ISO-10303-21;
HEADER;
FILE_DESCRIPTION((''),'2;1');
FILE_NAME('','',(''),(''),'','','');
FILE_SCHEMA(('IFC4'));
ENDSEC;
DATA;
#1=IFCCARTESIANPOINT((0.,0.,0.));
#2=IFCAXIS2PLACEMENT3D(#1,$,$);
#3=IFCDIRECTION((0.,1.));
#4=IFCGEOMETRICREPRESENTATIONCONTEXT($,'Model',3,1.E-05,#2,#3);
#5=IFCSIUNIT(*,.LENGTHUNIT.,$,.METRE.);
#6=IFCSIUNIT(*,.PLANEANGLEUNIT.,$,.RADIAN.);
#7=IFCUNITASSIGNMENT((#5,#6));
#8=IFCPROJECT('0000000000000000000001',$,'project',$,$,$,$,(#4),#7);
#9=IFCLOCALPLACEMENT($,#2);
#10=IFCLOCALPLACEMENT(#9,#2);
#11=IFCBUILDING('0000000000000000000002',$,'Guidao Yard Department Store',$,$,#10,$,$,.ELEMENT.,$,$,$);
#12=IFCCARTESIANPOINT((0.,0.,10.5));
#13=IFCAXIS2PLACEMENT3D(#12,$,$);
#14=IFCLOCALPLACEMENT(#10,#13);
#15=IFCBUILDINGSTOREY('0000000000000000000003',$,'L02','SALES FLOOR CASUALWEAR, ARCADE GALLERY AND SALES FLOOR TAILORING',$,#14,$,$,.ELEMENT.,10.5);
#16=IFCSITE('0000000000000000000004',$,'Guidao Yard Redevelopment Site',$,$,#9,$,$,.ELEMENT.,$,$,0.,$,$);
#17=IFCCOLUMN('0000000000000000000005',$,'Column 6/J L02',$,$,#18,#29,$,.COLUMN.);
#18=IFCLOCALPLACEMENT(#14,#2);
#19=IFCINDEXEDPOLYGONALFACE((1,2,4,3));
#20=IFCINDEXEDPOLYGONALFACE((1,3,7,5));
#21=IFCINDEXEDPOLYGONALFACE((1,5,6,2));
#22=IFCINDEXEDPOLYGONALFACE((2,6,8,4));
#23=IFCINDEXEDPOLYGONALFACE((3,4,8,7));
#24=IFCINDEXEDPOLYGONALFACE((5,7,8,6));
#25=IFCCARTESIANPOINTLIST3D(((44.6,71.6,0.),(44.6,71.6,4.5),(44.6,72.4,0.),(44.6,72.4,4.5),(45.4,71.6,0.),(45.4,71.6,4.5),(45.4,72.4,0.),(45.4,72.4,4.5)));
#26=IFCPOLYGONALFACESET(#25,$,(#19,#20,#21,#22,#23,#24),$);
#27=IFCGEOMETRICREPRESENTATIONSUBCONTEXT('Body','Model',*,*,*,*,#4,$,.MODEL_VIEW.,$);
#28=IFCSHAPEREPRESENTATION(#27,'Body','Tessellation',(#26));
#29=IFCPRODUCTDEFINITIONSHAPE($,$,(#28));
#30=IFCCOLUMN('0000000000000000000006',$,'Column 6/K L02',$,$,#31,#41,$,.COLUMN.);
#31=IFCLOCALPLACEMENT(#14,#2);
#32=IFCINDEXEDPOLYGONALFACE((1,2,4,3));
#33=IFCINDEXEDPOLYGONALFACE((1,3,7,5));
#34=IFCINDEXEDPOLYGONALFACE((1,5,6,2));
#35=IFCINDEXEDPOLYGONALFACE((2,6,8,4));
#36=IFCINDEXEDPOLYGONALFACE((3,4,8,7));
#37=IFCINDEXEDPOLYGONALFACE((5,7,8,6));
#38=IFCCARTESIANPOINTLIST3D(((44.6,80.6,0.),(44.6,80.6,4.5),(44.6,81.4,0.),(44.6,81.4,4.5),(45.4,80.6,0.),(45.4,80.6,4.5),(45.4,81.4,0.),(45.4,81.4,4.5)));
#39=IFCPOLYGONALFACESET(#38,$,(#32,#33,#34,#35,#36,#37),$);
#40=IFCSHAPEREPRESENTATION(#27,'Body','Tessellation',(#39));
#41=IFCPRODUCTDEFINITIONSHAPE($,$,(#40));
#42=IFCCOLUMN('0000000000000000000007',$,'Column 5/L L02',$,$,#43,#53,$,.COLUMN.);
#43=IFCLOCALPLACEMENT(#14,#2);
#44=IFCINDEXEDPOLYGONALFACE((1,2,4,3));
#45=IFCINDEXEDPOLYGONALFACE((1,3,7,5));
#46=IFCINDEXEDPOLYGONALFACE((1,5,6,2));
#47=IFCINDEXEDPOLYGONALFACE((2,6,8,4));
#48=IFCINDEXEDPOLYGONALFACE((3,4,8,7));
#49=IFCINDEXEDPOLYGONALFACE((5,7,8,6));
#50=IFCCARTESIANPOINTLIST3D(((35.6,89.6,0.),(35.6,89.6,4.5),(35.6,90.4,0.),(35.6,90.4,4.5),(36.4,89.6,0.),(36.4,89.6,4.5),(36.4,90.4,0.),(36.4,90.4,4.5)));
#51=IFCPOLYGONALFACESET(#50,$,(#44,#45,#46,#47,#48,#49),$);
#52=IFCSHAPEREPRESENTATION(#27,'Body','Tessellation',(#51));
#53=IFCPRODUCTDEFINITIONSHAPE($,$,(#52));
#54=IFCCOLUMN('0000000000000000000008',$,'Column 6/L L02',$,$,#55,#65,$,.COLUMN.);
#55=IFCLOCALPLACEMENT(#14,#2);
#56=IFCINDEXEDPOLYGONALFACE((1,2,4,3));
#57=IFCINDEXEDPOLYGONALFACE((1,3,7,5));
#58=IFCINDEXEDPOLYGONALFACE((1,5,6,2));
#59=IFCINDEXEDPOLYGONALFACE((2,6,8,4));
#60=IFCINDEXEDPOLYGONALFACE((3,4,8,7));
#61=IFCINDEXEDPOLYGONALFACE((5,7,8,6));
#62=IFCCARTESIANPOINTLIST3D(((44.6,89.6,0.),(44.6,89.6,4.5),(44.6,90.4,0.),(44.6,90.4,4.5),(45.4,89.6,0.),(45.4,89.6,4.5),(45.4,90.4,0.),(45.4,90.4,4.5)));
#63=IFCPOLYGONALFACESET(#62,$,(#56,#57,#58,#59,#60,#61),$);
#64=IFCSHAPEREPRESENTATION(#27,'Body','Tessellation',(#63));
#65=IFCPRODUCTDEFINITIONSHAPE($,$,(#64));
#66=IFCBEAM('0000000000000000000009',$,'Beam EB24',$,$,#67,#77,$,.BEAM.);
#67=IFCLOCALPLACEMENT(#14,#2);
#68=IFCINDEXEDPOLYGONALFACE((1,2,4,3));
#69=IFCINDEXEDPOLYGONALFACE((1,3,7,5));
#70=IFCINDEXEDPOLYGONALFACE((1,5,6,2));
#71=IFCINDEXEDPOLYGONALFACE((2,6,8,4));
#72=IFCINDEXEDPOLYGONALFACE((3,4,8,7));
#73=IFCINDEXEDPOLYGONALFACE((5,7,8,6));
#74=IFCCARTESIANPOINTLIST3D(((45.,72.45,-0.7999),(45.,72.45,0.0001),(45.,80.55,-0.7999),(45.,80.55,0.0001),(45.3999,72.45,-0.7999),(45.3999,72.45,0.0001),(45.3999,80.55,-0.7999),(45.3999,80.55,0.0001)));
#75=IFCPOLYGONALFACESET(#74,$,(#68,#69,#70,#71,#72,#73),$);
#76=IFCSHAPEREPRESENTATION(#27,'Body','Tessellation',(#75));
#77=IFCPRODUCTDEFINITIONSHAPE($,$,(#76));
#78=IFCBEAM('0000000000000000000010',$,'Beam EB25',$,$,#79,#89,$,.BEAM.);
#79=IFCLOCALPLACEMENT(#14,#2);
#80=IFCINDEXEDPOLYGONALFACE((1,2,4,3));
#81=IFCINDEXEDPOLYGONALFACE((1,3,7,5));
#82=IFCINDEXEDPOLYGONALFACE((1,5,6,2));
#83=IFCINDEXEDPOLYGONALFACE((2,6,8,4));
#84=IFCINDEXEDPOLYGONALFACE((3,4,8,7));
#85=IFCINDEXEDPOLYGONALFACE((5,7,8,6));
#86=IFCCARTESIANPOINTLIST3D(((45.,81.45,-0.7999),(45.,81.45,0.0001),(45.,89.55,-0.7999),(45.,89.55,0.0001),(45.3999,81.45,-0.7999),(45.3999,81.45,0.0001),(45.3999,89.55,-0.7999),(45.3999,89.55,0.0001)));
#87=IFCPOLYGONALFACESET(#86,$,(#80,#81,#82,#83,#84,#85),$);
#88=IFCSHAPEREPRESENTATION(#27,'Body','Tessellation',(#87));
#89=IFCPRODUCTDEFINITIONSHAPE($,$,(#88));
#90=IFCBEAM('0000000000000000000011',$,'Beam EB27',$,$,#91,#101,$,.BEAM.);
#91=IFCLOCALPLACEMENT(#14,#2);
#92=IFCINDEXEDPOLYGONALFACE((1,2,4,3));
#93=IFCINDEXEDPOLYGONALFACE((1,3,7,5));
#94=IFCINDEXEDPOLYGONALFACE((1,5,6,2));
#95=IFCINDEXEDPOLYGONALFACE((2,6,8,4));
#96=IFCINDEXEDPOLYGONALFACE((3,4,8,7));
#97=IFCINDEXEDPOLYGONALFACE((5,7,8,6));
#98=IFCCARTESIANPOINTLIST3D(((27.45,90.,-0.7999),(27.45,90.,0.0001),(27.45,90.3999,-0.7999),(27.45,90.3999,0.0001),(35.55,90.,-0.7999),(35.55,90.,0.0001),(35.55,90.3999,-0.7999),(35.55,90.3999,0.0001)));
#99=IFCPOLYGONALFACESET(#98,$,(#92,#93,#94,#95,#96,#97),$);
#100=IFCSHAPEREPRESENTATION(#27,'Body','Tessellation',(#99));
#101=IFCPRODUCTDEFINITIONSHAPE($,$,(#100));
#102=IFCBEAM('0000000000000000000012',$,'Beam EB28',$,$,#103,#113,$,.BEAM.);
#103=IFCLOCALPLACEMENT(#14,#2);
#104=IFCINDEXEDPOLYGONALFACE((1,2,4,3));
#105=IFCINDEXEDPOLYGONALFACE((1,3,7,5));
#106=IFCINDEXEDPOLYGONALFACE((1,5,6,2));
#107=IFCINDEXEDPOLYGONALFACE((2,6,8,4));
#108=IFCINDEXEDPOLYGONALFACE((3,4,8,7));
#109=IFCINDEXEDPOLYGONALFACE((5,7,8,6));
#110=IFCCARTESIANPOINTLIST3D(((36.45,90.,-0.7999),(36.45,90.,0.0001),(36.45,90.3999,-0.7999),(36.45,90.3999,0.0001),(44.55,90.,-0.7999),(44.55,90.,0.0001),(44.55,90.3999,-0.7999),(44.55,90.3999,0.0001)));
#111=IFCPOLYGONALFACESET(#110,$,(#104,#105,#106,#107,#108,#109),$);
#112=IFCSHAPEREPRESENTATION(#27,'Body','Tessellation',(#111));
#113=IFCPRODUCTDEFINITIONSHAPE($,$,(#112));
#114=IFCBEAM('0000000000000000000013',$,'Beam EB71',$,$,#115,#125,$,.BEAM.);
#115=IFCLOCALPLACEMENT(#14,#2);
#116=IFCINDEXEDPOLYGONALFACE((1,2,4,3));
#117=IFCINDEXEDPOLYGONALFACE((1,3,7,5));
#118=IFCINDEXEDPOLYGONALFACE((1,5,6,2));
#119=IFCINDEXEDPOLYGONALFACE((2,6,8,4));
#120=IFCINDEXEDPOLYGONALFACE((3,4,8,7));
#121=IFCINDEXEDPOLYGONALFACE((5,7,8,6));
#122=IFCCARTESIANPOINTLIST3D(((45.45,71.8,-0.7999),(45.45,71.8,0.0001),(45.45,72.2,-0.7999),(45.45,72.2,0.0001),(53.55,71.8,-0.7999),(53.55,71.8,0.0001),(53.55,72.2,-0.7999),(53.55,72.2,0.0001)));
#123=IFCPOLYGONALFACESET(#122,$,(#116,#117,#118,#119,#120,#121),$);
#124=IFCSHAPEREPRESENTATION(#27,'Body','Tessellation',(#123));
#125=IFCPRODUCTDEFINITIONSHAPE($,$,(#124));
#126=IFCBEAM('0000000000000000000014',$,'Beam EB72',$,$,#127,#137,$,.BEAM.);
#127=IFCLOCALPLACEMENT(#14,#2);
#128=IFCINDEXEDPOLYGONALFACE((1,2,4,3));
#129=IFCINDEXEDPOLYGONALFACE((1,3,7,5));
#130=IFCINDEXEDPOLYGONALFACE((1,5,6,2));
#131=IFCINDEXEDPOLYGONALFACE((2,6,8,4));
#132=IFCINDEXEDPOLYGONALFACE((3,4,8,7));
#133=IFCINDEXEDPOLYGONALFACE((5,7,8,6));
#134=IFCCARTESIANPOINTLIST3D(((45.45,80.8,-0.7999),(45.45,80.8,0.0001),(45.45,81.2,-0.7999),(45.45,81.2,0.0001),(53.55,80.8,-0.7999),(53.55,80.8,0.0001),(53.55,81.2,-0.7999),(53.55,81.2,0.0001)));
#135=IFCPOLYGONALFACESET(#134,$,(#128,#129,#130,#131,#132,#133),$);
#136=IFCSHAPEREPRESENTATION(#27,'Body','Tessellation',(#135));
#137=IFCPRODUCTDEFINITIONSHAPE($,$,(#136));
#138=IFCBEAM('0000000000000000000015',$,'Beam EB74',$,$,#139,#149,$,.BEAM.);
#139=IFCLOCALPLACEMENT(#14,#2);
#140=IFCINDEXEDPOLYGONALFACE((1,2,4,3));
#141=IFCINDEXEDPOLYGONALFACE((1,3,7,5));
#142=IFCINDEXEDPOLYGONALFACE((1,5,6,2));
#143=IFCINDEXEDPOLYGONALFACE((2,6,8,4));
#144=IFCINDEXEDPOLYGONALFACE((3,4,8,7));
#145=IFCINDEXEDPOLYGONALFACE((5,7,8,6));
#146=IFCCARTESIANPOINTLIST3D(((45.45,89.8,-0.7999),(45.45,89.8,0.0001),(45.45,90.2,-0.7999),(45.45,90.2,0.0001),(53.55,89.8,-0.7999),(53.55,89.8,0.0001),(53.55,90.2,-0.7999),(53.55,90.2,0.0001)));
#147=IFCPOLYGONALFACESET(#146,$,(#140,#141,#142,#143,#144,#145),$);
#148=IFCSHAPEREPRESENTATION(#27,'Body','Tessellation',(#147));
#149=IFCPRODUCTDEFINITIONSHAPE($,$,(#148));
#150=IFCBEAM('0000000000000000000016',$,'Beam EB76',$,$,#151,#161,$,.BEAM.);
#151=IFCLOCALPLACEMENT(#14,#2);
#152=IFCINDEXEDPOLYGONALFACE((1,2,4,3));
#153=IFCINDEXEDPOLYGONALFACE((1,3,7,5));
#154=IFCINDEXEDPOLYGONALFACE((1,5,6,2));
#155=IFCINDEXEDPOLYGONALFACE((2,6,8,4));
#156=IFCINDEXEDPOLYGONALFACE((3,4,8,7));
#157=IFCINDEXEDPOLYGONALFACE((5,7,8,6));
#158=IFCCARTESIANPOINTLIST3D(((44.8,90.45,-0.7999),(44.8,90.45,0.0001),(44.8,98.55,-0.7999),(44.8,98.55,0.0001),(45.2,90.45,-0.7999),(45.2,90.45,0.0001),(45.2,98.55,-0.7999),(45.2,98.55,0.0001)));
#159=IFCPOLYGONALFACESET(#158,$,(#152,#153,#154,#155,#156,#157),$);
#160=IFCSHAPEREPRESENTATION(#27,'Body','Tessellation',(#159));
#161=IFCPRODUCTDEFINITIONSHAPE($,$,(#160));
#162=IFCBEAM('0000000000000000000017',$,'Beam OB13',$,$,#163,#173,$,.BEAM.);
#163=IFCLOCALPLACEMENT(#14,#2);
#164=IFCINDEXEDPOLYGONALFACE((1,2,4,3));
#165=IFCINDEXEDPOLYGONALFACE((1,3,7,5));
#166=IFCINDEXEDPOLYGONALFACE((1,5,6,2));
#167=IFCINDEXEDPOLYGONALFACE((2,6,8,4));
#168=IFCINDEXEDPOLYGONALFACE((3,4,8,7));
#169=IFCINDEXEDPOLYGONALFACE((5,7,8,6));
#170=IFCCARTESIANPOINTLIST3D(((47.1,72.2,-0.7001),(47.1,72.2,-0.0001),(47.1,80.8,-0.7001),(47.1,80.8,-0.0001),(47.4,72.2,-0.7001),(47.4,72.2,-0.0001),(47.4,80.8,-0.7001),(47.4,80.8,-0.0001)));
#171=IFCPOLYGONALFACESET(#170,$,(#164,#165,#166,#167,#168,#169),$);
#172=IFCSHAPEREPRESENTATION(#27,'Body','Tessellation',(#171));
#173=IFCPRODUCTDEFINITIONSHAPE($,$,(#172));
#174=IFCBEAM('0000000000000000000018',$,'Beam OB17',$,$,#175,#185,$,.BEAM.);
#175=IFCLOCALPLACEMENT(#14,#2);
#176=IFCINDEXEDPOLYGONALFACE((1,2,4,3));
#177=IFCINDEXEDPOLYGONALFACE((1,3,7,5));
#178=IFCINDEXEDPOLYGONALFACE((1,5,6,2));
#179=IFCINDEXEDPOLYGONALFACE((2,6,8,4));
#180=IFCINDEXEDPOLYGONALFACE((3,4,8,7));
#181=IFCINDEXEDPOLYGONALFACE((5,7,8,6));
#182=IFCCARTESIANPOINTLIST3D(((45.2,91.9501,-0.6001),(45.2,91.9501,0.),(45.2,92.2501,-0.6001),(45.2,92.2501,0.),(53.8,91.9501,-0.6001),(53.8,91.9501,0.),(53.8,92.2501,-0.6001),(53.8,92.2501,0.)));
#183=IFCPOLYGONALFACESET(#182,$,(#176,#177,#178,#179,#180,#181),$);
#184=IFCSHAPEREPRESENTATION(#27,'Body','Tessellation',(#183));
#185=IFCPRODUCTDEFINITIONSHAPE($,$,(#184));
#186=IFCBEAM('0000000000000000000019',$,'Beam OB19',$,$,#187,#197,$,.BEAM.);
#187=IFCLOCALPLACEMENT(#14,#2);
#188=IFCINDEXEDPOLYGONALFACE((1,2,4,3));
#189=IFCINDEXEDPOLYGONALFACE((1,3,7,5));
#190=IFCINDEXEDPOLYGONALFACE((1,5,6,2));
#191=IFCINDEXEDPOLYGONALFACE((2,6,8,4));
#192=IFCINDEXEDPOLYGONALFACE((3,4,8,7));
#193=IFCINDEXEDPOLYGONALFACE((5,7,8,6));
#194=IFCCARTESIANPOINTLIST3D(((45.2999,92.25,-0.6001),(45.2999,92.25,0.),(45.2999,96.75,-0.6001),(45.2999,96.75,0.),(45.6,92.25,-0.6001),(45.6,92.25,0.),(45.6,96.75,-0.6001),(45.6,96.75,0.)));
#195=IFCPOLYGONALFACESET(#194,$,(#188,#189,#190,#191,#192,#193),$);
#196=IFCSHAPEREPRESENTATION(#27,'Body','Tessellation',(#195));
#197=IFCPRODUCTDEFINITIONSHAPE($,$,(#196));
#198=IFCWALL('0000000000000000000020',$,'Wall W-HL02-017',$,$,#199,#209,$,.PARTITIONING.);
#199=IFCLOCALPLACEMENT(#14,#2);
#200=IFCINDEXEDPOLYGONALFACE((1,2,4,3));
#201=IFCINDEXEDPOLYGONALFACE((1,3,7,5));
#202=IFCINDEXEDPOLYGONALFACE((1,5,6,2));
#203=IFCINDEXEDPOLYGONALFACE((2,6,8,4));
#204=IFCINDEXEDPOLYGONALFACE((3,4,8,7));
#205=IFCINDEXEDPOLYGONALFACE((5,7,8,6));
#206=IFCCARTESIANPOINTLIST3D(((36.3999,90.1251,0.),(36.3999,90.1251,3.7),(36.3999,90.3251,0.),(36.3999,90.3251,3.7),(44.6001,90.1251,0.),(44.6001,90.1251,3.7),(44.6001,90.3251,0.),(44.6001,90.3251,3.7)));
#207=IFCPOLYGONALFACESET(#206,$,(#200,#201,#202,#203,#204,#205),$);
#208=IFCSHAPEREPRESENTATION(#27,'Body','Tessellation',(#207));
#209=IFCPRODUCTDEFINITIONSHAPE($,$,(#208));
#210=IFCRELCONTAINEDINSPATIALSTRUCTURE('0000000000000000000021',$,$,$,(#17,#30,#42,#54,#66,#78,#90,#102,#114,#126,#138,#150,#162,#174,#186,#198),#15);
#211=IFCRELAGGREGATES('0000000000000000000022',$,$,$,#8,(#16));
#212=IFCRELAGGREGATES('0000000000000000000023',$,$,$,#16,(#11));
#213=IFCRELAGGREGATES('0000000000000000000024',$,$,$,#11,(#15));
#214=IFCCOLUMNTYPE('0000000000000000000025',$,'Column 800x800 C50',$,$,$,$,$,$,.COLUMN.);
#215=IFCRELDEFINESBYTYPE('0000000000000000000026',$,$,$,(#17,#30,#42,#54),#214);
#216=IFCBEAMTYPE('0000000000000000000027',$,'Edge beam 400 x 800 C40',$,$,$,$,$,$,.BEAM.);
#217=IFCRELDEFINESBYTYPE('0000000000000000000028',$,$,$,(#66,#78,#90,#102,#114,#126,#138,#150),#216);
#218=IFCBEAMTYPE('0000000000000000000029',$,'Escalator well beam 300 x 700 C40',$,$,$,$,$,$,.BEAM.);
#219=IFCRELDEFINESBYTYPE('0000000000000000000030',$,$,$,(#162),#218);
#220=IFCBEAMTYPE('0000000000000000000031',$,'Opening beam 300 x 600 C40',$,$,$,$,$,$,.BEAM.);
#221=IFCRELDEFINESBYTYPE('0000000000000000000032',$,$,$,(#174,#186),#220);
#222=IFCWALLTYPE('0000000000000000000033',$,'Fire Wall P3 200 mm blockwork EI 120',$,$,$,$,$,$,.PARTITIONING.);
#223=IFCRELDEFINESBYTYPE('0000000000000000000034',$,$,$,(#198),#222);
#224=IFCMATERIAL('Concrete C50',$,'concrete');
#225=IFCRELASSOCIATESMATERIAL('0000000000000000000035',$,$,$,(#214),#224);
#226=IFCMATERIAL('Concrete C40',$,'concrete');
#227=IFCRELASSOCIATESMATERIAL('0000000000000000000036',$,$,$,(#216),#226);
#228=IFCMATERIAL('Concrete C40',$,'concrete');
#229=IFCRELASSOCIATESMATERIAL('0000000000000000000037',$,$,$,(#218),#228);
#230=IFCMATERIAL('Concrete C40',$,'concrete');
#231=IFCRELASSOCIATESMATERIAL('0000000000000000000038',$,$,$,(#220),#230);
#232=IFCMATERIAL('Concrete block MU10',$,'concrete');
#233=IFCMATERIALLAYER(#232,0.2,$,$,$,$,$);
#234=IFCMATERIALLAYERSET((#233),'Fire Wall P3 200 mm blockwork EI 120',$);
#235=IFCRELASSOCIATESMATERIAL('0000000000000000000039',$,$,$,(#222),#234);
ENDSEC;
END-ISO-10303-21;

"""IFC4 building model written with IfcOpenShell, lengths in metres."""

from ifc_helpers import new_model, si_unit, direction, frame, frame_2d, origin, origin_2d, place, context, subcontext, project, spatial, rectangle, extrude, material, layer, layer_set, material_profile, profile_set, type_object, element, save


model = new_model("IFC4")

# Units and contexts
model_context = context("Model", 3, precision=1e-05, world=origin(), true_north=direction((0.0, 1.0)))
body_context = subcontext(model_context, "Body", "Model", "MODEL_VIEW")
ifc_project = project(units=[si_unit("LENGTHUNIT", "METRE"), si_unit("PLANEANGLEUNIT", "RADIAN")], contexts=[model_context])

# Site, building, storey
site_placement = place(None, origin())
site = spatial("IfcSite", under=ifc_project, at=site_placement, Name="Guidao Yard Redevelopment Site", CompositionType="ELEMENT", RefElevation=0.0)
building_placement = place(site_placement, origin())
building = spatial("IfcBuilding", under=site, at=building_placement, Name="Guidao Yard Department Store", CompositionType="ELEMENT")
storey_placement = place(building_placement, frame((0.0, 0.0, 10.5)))
storey = spatial("IfcBuildingStorey", under=building, at=storey_placement, Name="L02", Description="SALES FLOOR CASUALWEAR, ARCADE GALLERY AND SALES FLOOR TAILORING", CompositionType="ELEMENT", Elevation=10.5)

# Columns
ifc_material_1 = material(Name="Concrete C50", Category="concrete")
ifc_material_profile_1 = material_profile(ifc_material_1, rectangle(XDim=0.8, YDim=0.8, at=origin_2d()), Name="COL 800x800")
ifc_profile_set_1 = profile_set([ifc_material_profile_1], Name="Concrete C50")
column_type = type_object("IfcColumnType", Name="Column 800x800 C50", PredefinedType="COLUMN", material=ifc_profile_set_1)
for number, where, z_axis, x_axis, name in (
    (1, (45.0, 72.0, 0.0), (0.0, 0.0, 1.0), (1.0, 0.0, 0.0), "Column 6/J L02"),
    (2, (45.0, 81.0, 0.0), (0.0, 0.0, 1.0), (1.0, 0.0, 0.0), "Column 6/K L02"),
    (3, (36.0, 90.0, 0.0), (0.0, 0.0, 1.0), (1.0, 0.0, 0.0), "Column 5/L L02"),
    (4, (45.0, 90.0, 0.0), (0.0, 0.0, 1.0), (1.0, 0.0, 0.0), "Column 6/L L02"),
):
    element("IfcColumn", number, at=place(storey_placement, frame(where, z_axis=z_axis, x_axis=x_axis)), inside=storey, type_object=column_type, Name=name, PredefinedType="COLUMN", context=body_context, shape_type="SweptSolid", body=[
        extrude(rectangle(XDim=0.8, YDim=0.8, at=origin_2d()), origin(), (0.0, 0.0, 1.0), 4.5),
    ])

# Beams
ifc_material_2 = material(Name="Concrete C40", Category="concrete")
ifc_material_profile_2 = material_profile(ifc_material_2, rectangle(XDim=0.3999, YDim=0.8, at=origin_2d()), Name="Edge beam 400 x 800 C40")
ifc_profile_set_2 = profile_set([ifc_material_profile_2], Name="Concrete C40")
beam_type_1 = type_object("IfcBeamType", Name="Edge beam 400 x 800 C40", PredefinedType="BEAM", material=ifc_profile_set_2)
for number, where, z_axis, x_axis, name in (
    (5, (45.2, 72.45, -0.3999), (0.0, 1.0, 0.0), (-1.0, 0.0, 0.0), "Beam EB24"),
    (6, (45.2, 81.45, -0.3999), (0.0, 1.0, 0.0), (-1.0, 0.0, 0.0), "Beam EB25"),
    (7, (27.45, 90.2, -0.3999), (1.0, 0.0, 0.0), (0.0, 1.0, 0.0), "Beam EB27"),
    (8, (36.45, 90.2, -0.3999), (1.0, 0.0, 0.0), (0.0, 1.0, 0.0), "Beam EB28"),
    (9, (45.45, 72.0, -0.3999), (1.0, 0.0, 0.0), (0.0, 1.0, 0.0), "Beam EB71"),
    (10, (45.45, 81.0, -0.3999), (1.0, 0.0, 0.0), (0.0, 1.0, 0.0), "Beam EB72"),
    (11, (45.45, 90.0, -0.3999), (1.0, 0.0, 0.0), (0.0, 1.0, 0.0), "Beam EB74"),
    (12, (45.0, 90.45, -0.3999), (0.0, 1.0, 0.0), (-1.0, 0.0, 0.0), "Beam EB76"),
):
    element("IfcBeam", number, at=place(storey_placement, frame(where, z_axis=z_axis, x_axis=x_axis)), inside=storey, type_object=beam_type_1, Name=name, PredefinedType="BEAM", context=body_context, shape_type="SweptSolid", body=[
        extrude(rectangle(XDim=0.3999, YDim=0.8, at=origin_2d()), origin(), (0.0, 0.0, 1.0), 8.1001),
    ])
ifc_material_3 = material(Name="Concrete C40", Category="concrete")
ifc_material_profile_3 = material_profile(ifc_material_3, rectangle(XDim=0.3, YDim=0.7, at=origin_2d()), Name="Escalator well beam 300 x 700 C40")
ifc_profile_set_3 = profile_set([ifc_material_profile_3], Name="Concrete C40")
beam_type_2 = type_object("IfcBeamType", Name="Escalator well beam 300 x 700 C40", PredefinedType="BEAM", material=ifc_profile_set_3)
beam_1_placement = place(storey_placement, frame((47.25, 72.2, -0.3501), z_axis=(0.0, 1.0, 0.0), x_axis=(-1.0, 0.0, 0.0)))
element("IfcBeam", 13, at=beam_1_placement, inside=storey, type_object=beam_type_2, Name="Beam OB13", PredefinedType="BEAM", context=body_context, shape_type="SweptSolid", body=[
    extrude(rectangle(XDim=0.3, YDim=0.7, at=origin_2d()), origin(), (0.0, 0.0, 1.0), 8.6001),
])
ifc_material_4 = material(Name="Concrete C40", Category="concrete")
ifc_material_profile_4 = material_profile(ifc_material_4, rectangle(XDim=0.3, YDim=0.6001, at=origin_2d()), Name="Opening beam 300 x 600 C40")
ifc_profile_set_4 = profile_set([ifc_material_profile_4], Name="Concrete C40")
beam_type_3 = type_object("IfcBeamType", Name="Opening beam 300 x 600 C40", PredefinedType="BEAM", material=ifc_profile_set_4)
beam_2_placement = place(storey_placement, frame((45.2, 92.1001, -0.3), z_axis=(1.0, 0.0, 0.0), x_axis=(0.0, 1.0, 0.0)))
element("IfcBeam", 14, at=beam_2_placement, inside=storey, type_object=beam_type_3, Name="Beam OB17", PredefinedType="BEAM", context=body_context, shape_type="SweptSolid", body=[
    extrude(rectangle(XDim=0.3, YDim=0.6001, at=origin_2d()), origin(), (0.0, 0.0, 1.0), 8.6001),
])
beam_3_placement = place(storey_placement, frame((45.45, 92.25, -0.3), z_axis=(0.0, 1.0, 0.0), x_axis=(-1.0, 0.0, 0.0)))
element("IfcBeam", 15, at=beam_3_placement, inside=storey, type_object=beam_type_3, Name="Beam OB19", PredefinedType="BEAM", context=body_context, shape_type="SweptSolid", body=[
    extrude(rectangle(XDim=0.3, YDim=0.6001, at=origin_2d()), origin(), (0.0, 0.0, 1.0), 4.5),
])

# Wall
ifc_material_5 = material(Name="Concrete block MU10", Category="concrete")
ifc_layer_1 = layer(ifc_material_5, 0.2)
ifc_layer_set_1 = layer_set([ifc_layer_1], Name="Fire Wall P3 200 mm blockwork EI 120")
wall_type_1 = type_object("IfcWallType", Name="Fire Wall P3 200 mm blockwork EI 120", PredefinedType="PARTITIONING", material=ifc_layer_set_1)
wall_1_placement = place(storey_placement, frame((36.3999, 90.2251, 0.0), z_axis=(0.0, 0.0, 1.0), x_axis=(1.0, 0.0, 0.0)))
element("IfcWall", 16, at=wall_1_placement, inside=storey, type_object=wall_type_1, Name="Wall W-HL02-017", PredefinedType="PARTITIONING", context=body_context, shape_type="SweptSolid", body=[
    extrude(rectangle(XDim=8.2002, YDim=0.2, at=frame_2d((4.1001, 0.0))), origin(), (0.0, 0.0, 1.0), 3.7),
])

save(model, "model.ifc")
